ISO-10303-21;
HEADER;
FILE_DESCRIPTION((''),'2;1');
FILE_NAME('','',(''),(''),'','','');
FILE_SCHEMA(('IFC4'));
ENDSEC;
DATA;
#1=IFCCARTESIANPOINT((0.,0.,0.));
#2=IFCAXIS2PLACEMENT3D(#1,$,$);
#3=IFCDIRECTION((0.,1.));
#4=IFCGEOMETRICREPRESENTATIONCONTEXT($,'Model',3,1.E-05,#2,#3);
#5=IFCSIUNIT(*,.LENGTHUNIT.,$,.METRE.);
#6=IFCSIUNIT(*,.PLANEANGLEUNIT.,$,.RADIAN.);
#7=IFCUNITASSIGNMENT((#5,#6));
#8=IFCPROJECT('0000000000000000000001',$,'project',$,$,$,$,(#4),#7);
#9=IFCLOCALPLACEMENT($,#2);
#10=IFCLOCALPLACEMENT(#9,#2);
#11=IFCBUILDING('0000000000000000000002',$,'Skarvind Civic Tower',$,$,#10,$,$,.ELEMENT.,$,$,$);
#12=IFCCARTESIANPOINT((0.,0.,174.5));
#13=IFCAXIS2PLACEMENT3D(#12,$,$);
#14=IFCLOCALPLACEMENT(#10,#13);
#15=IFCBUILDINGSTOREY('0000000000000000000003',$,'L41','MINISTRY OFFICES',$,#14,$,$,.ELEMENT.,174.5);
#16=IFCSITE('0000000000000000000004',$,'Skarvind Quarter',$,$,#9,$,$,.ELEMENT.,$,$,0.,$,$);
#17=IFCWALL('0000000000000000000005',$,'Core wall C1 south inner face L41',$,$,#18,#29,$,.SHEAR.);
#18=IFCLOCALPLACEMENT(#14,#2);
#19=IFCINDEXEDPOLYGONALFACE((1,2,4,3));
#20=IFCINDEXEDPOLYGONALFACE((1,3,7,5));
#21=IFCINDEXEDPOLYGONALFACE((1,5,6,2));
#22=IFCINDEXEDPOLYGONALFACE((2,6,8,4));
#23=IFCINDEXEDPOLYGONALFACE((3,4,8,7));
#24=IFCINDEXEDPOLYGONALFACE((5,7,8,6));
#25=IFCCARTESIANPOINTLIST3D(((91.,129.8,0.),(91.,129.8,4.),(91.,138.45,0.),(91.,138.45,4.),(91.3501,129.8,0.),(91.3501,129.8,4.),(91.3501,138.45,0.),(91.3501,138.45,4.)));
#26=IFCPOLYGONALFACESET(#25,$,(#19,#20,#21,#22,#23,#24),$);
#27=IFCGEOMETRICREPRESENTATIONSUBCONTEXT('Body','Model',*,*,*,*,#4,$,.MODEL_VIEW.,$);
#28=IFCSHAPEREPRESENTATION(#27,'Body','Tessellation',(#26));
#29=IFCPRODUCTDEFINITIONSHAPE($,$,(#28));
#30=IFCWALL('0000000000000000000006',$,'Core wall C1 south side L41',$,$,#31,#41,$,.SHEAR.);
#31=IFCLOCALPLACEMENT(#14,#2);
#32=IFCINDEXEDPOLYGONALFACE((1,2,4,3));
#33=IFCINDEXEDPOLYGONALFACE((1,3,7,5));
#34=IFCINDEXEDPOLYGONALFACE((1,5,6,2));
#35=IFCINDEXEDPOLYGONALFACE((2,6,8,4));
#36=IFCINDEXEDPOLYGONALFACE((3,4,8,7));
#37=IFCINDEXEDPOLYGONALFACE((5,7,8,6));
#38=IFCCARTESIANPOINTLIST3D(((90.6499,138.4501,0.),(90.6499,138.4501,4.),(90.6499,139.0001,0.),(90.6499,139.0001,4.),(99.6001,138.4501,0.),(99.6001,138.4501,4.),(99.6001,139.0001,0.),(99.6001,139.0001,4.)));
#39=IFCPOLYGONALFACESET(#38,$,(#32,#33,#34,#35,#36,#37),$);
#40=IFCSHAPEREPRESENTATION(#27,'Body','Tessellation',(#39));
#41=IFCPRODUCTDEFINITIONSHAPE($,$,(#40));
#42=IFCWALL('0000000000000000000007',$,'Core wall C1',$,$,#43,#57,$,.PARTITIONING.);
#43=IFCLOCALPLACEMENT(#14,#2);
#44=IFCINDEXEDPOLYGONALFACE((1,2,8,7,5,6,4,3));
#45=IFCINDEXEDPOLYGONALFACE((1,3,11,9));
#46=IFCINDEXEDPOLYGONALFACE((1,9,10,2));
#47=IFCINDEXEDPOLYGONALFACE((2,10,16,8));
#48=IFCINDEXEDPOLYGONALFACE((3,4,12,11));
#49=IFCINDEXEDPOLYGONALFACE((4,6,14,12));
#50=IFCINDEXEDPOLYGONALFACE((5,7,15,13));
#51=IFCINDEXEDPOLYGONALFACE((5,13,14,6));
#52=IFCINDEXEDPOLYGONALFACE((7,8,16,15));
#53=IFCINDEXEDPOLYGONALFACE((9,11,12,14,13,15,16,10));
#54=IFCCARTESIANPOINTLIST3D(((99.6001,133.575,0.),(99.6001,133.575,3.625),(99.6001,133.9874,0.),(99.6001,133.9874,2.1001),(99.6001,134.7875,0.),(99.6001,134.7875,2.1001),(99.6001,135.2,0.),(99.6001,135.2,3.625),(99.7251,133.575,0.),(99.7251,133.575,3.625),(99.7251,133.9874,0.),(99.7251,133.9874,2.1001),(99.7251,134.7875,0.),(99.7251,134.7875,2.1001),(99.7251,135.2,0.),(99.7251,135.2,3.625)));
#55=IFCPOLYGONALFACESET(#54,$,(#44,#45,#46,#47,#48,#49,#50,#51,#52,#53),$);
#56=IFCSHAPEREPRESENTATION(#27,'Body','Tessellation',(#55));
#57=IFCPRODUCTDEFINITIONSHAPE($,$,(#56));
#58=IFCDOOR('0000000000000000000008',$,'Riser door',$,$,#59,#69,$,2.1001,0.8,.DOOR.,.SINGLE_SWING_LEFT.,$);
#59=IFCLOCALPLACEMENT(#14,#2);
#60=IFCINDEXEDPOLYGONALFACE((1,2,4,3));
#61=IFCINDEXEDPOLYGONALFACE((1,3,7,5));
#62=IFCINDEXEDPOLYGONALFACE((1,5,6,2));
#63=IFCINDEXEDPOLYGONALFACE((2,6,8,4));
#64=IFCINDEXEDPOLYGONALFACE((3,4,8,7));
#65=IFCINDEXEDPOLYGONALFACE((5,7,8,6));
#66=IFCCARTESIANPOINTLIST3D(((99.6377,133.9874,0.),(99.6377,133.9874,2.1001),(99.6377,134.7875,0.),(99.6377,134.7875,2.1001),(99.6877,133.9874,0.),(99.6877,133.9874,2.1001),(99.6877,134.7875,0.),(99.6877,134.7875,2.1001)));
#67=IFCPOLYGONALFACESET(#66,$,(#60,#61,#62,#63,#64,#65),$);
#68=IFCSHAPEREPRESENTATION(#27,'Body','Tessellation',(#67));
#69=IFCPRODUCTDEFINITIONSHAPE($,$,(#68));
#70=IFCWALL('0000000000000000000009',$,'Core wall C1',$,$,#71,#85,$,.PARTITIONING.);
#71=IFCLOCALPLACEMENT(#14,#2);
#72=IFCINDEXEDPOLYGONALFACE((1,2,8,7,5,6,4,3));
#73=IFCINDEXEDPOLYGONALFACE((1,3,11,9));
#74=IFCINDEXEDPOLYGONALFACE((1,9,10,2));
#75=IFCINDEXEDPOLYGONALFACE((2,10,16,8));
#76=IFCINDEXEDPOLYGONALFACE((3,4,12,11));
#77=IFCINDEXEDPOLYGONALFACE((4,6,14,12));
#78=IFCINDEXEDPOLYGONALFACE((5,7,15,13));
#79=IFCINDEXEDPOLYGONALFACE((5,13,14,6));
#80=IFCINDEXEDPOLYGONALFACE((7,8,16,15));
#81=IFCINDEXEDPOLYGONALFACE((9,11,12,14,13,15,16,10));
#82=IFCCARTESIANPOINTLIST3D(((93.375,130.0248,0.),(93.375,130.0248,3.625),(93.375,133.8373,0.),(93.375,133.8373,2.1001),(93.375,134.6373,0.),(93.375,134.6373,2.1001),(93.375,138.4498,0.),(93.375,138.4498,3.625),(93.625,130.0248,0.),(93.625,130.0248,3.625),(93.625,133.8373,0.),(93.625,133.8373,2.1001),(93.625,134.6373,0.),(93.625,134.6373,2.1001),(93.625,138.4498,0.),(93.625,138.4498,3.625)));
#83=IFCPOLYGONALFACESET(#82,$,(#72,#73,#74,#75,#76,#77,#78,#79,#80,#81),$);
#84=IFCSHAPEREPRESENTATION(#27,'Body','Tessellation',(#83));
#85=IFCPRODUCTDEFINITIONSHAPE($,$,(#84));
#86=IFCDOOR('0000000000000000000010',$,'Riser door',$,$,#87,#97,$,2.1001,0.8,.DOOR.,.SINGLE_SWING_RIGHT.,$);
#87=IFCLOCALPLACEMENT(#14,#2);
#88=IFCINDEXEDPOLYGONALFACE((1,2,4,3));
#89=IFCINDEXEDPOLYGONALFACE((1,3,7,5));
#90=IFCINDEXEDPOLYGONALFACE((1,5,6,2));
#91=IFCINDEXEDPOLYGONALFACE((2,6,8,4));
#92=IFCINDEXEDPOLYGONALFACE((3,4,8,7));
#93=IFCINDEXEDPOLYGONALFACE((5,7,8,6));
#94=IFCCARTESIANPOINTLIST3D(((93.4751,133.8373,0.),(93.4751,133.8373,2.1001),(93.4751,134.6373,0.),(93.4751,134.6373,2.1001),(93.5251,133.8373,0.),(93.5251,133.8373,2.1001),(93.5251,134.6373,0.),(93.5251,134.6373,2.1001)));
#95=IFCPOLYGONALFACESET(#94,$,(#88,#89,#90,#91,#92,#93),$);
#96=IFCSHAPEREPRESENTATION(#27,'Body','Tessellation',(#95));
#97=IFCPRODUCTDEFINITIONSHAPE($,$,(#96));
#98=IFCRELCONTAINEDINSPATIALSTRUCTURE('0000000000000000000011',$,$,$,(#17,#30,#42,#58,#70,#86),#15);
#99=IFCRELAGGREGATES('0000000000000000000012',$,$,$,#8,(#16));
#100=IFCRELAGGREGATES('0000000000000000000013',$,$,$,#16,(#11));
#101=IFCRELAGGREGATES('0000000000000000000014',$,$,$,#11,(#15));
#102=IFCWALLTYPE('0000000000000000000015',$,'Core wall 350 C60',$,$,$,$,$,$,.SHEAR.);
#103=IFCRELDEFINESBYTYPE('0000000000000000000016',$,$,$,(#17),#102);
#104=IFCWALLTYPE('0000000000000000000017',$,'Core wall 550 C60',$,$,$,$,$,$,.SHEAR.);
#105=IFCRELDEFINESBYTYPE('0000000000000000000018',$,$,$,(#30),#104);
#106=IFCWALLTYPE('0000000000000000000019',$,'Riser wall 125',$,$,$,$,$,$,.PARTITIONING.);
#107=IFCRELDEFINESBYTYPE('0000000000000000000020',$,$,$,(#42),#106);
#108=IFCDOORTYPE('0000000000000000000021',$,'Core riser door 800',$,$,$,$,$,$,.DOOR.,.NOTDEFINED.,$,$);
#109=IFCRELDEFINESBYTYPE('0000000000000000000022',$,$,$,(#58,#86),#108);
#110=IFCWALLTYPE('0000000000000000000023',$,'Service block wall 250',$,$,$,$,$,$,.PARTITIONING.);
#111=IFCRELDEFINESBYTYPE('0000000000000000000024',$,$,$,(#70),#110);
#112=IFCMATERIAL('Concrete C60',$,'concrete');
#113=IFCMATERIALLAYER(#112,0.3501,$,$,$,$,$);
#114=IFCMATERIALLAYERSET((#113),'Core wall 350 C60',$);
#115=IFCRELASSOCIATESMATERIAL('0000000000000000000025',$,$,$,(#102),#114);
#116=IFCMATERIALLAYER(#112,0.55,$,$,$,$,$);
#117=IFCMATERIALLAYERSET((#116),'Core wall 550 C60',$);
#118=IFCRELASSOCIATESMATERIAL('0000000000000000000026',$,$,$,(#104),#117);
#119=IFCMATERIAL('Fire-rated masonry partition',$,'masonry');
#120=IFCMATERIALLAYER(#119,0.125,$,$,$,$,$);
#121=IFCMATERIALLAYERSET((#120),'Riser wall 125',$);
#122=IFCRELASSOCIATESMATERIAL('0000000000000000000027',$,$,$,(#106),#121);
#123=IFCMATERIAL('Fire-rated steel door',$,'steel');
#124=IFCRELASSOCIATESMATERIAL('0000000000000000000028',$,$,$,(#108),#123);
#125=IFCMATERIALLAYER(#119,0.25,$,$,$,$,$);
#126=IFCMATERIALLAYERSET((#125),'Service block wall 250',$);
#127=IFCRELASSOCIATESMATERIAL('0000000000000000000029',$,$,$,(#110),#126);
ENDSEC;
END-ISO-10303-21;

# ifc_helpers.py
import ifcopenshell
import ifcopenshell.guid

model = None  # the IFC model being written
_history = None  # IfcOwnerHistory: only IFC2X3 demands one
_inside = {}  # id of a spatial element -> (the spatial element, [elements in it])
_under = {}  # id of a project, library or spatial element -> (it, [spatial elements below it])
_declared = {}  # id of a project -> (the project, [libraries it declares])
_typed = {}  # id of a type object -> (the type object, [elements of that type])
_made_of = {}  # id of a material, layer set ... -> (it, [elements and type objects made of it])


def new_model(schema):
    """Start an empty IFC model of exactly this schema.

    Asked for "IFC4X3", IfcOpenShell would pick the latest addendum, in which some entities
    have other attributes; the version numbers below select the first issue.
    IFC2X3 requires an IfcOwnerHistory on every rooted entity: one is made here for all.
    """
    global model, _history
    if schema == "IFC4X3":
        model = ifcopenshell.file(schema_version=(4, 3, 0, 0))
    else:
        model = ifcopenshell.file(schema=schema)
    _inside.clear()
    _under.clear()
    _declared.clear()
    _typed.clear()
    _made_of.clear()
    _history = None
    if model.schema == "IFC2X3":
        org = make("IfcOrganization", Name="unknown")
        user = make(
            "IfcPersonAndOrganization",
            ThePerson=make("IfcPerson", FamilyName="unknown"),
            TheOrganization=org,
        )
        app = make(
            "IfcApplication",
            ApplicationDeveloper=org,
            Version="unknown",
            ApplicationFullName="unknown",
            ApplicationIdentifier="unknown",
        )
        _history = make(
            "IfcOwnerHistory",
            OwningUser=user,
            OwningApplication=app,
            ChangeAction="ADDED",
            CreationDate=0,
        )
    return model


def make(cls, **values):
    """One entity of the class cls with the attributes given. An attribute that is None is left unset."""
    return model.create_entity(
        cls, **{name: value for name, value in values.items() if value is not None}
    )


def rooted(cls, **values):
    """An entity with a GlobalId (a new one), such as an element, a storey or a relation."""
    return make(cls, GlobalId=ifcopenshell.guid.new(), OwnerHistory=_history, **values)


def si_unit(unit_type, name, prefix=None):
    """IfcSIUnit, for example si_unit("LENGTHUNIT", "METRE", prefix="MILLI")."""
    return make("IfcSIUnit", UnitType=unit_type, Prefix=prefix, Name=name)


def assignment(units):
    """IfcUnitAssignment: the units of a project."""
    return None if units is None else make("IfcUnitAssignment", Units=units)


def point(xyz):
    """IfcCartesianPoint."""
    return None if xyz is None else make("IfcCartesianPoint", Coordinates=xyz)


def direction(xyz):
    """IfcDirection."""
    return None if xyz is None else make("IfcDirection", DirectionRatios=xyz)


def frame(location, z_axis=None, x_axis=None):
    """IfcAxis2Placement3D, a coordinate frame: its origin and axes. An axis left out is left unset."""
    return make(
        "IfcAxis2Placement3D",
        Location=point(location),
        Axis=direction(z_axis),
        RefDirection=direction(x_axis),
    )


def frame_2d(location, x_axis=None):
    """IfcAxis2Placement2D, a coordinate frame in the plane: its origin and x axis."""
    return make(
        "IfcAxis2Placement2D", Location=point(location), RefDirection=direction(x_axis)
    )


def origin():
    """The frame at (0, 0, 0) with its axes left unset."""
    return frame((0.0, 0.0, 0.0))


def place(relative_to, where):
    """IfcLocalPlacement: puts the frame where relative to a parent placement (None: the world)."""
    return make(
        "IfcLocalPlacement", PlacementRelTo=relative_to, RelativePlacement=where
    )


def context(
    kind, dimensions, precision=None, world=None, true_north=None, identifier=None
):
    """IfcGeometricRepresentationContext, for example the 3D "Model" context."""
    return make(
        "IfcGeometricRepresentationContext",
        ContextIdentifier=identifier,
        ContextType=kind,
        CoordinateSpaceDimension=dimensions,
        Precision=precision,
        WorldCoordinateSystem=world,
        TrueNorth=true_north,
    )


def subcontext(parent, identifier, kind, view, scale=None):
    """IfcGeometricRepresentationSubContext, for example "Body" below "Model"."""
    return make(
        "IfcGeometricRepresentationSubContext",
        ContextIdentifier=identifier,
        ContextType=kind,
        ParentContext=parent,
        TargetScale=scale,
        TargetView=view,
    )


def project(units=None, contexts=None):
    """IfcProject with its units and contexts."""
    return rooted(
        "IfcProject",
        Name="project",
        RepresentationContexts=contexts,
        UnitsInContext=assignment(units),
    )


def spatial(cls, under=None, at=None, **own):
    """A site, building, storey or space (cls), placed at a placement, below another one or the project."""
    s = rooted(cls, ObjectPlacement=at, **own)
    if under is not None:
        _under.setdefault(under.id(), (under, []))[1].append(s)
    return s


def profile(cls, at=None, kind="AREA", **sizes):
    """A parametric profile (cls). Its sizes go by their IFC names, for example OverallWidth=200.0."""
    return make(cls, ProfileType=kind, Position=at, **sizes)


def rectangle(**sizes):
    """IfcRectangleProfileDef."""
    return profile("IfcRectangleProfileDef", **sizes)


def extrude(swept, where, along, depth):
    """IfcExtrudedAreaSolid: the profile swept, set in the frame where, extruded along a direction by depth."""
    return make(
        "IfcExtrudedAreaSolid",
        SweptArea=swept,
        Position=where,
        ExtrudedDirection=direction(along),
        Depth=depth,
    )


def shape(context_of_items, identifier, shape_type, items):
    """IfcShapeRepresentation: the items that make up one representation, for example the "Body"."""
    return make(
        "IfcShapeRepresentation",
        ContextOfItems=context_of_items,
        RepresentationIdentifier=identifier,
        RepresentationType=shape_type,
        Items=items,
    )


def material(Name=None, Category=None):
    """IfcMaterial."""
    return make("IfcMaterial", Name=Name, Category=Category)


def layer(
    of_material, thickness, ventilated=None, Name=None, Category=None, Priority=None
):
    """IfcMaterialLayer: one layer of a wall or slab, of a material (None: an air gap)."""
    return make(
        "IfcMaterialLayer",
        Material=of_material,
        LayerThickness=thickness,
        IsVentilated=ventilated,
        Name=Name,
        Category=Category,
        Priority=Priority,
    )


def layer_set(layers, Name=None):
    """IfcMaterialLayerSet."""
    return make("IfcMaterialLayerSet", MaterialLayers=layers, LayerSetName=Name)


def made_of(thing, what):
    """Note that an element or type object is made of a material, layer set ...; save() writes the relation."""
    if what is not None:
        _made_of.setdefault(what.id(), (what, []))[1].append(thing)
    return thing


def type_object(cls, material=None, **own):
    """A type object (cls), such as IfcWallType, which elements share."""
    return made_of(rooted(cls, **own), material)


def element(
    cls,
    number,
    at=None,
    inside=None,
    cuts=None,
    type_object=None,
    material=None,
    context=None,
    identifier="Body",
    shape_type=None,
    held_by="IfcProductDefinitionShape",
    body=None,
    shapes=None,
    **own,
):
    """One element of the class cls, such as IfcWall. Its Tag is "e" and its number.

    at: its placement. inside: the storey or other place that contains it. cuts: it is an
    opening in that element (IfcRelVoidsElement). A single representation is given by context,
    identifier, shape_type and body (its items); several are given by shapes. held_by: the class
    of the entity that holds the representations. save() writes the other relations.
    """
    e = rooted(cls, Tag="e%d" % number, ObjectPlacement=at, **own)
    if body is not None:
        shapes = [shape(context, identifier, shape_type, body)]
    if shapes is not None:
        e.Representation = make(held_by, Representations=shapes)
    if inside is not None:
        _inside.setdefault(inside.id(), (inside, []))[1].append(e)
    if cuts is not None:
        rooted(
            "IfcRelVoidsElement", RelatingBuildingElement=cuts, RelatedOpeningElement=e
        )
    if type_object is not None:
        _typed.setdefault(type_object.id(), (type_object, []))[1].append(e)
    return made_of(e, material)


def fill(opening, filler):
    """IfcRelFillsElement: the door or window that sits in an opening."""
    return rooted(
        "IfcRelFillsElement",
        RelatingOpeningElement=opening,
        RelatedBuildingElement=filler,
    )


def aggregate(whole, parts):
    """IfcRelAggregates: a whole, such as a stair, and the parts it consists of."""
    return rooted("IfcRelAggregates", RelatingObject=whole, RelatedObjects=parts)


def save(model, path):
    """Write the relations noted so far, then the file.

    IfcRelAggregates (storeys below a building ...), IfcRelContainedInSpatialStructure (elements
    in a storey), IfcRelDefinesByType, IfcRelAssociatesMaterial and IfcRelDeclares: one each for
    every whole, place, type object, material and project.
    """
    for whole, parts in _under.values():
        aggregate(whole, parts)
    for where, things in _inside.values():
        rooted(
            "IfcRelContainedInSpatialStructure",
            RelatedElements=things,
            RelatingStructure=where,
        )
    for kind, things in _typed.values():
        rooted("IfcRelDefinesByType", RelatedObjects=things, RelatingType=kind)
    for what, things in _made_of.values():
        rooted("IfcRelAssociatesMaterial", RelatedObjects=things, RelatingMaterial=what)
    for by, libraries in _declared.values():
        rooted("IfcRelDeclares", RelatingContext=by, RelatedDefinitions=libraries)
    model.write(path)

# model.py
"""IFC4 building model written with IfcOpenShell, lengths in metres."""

from ifc_helpers import new_model, si_unit, direction, frame, frame_2d, origin, place, context, subcontext, project, spatial, rectangle, extrude, material, layer, layer_set, type_object, element, fill, save


model = new_model("IFC4")

# Units and contexts
model_context = context("Model", 3, precision=1e-05, world=origin(), true_north=direction((0.0, 1.0)))
body_context = subcontext(model_context, "Body", "Model", "MODEL_VIEW")
ifc_project = project(units=[si_unit("LENGTHUNIT", "METRE"), si_unit("PLANEANGLEUNIT", "RADIAN")], contexts=[model_context])

# Site, building, storey
site_placement = place(None, origin())
site = spatial("IfcSite", under=ifc_project, at=site_placement, Name="Skarvind Quarter", CompositionType="ELEMENT", RefElevation=0.0)
building_placement = place(site_placement, origin())
building = spatial("IfcBuilding", under=site, at=building_placement, Name="Skarvind Civic Tower", CompositionType="ELEMENT")
storey_placement = place(building_placement, frame((0.0, 0.0, 174.5)))
storey = spatial("IfcBuildingStorey", under=building, at=storey_placement, Name="L41", Description="MINISTRY OFFICES", CompositionType="ELEMENT", Elevation=174.5)

# Shared definitions
ifc_material_1 = material(Name="Concrete C60", Category="concrete")

# Shared definitions
ifc_material_2 = material(Name="Fire-rated masonry partition", Category="masonry")
ifc_material_3 = material(Name="Fire-rated steel door", Category="steel")

# Walls
ifc_layer_1 = layer(ifc_material_1, 0.3501)
ifc_layer_set_1 = layer_set([ifc_layer_1], Name="Core wall 350 C60")
wall_type_1 = type_object("IfcWallType", Name="Core wall 350 C60", PredefinedType="SHEAR", material=ifc_layer_set_1)
wall_1_placement = place(storey_placement, frame((91.175, 138.45, 0.0), z_axis=(0.0, 0.0, 1.0), x_axis=(0.0, -1.0, 0.0)))
element("IfcWall", 1, at=wall_1_placement, inside=storey, type_object=wall_type_1, Name="Core wall C1 south inner face L41", PredefinedType="SHEAR", context=body_context, shape_type="SweptSolid", body=[
    extrude(rectangle(XDim=8.6499, YDim=0.3501, at=frame_2d((4.325, 0.0))), origin(), (0.0, 0.0, 1.0), 4.0),
])
ifc_layer_2 = layer(ifc_material_1, 0.55)
ifc_layer_set_2 = layer_set([ifc_layer_2], Name="Core wall 550 C60")
wall_type_2 = type_object("IfcWallType", Name="Core wall 550 C60", PredefinedType="SHEAR", material=ifc_layer_set_2)
wall_2_placement = place(storey_placement, frame((99.6001, 138.7251, 0.0), z_axis=(0.0, 0.0, 1.0), x_axis=(-1.0, 0.0, 0.0)))
element("IfcWall", 2, at=wall_2_placement, inside=storey, type_object=wall_type_2, Name="Core wall C1 south side L41", PredefinedType="SHEAR", context=body_context, shape_type="SweptSolid", body=[
    extrude(rectangle(XDim=8.9502, YDim=0.55, at=frame_2d((4.4751, 0.0))), origin(), (0.0, 0.0, 1.0), 4.0),
])

# Walls, openings, doors
ifc_layer_3 = layer(ifc_material_2, 0.125)
ifc_layer_set_3 = layer_set([ifc_layer_3], Name="Riser wall 125")
wall_type_3 = type_object("IfcWallType", Name="Riser wall 125", PredefinedType="PARTITIONING", material=ifc_layer_set_3)
wall_3_placement = place(storey_placement, frame((99.6626, 133.575, 0.0), z_axis=(0.0, 0.0, 1.0), x_axis=(0.0, 1.0, 0.0)))
wall_3 = element("IfcWall", 3, at=wall_3_placement, inside=storey, type_object=wall_type_3, Name="Core wall C1", PredefinedType="PARTITIONING", context=body_context, shape_type="SweptSolid", body=[
    extrude(rectangle(XDim=1.625, YDim=0.125, at=frame_2d((0.8125, 0.0))), origin(), (0.0, 0.0, 1.0), 3.625),
])
opening_1_placement = place(wall_3_placement, frame((0.4126, 0.0, 0.0)))
opening_1 = element("IfcOpeningElement", 4, at=opening_1_placement, cuts=wall_3, PredefinedType="OPENING", context=body_context, shape_type="SweptSolid", body=[
    extrude(rectangle(XDim=0.8, YDim=2.1001, at=frame_2d((0.3999, 1.05))), frame((0.0, 0.0725, 0.0), z_axis=(0.0, -1.0, 0.0), x_axis=(1.0, 0.0, 0.0)), (0.0, 0.0, 1.0), 0.145),
])
door_type_1 = type_object("IfcDoorType", Name="Core riser door 800", OperationType="NOTDEFINED", PredefinedType="DOOR", material=ifc_material_3)
door_1_placement = place(opening_1_placement, origin())
door_1 = element("IfcDoor", 5, at=door_1_placement, inside=storey, type_object=door_type_1, Name="Riser door", OperationType="SINGLE_SWING_LEFT", OverallHeight=2.1001, OverallWidth=0.8, PredefinedType="DOOR", context=body_context, shape_type="SweptSolid", body=[
    extrude(rectangle(XDim=0.8, YDim=2.1001, at=frame_2d((0.3999, 1.05))), frame((0.0, 0.0249, 0.0), z_axis=(0.0, -1.0, 0.0), x_axis=(1.0, 0.0, 0.0)), (0.0, 0.0, 1.0), 0.05),
])
fill(opening_1, door_1)
ifc_layer_4 = layer(ifc_material_2, 0.25)
ifc_layer_set_4 = layer_set([ifc_layer_4], Name="Service block wall 250")
wall_type_4 = type_object("IfcWallType", Name="Service block wall 250", PredefinedType="PARTITIONING", material=ifc_layer_set_4)
wall_4_placement = place(storey_placement, frame((93.5, 130.0249, 0.0), z_axis=(0.0, 0.0, 1.0), x_axis=(0.0, 1.0, 0.0)))
wall_4 = element("IfcWall", 6, at=wall_4_placement, inside=storey, type_object=wall_type_4, Name="Core wall C1", PredefinedType="PARTITIONING", context=body_context, shape_type="SweptSolid", body=[
    extrude(rectangle(XDim=8.425, YDim=0.25, at=frame_2d((4.2124, 0.0))), origin(), (0.0, 0.0, 1.0), 3.625),
])
opening_2_placement = place(wall_4_placement, frame((3.8125, 0.0, 0.0)))
opening_2 = element("IfcOpeningElement", 7, at=opening_2_placement, cuts=wall_4, PredefinedType="OPENING", context=body_context, shape_type="SweptSolid", body=[
    extrude(rectangle(XDim=0.8, YDim=2.1001, at=frame_2d((0.3999, 1.05))), frame((0.0, 0.135, 0.0), z_axis=(0.0, -1.0, 0.0), x_axis=(1.0, 0.0, 0.0)), (0.0, 0.0, 1.0), 0.27),
])
door_2_placement = place(opening_2_placement, origin())
door_2 = element("IfcDoor", 8, at=door_2_placement, inside=storey, type_object=door_type_1, Name="Riser door", OperationType="SINGLE_SWING_RIGHT", OverallHeight=2.1001, OverallWidth=0.8, PredefinedType="DOOR", context=body_context, shape_type="SweptSolid", body=[
    extrude(rectangle(XDim=0.8, YDim=2.1001, at=frame_2d((0.3999, 1.05))), frame((0.0, 0.0249, 0.0), z_axis=(0.0, -1.0, 0.0), x_axis=(1.0, 0.0, 0.0)), (0.0, 0.0, 1.0), 0.05),
])
fill(opening_2, door_2)

save(model, "model.ifc")
